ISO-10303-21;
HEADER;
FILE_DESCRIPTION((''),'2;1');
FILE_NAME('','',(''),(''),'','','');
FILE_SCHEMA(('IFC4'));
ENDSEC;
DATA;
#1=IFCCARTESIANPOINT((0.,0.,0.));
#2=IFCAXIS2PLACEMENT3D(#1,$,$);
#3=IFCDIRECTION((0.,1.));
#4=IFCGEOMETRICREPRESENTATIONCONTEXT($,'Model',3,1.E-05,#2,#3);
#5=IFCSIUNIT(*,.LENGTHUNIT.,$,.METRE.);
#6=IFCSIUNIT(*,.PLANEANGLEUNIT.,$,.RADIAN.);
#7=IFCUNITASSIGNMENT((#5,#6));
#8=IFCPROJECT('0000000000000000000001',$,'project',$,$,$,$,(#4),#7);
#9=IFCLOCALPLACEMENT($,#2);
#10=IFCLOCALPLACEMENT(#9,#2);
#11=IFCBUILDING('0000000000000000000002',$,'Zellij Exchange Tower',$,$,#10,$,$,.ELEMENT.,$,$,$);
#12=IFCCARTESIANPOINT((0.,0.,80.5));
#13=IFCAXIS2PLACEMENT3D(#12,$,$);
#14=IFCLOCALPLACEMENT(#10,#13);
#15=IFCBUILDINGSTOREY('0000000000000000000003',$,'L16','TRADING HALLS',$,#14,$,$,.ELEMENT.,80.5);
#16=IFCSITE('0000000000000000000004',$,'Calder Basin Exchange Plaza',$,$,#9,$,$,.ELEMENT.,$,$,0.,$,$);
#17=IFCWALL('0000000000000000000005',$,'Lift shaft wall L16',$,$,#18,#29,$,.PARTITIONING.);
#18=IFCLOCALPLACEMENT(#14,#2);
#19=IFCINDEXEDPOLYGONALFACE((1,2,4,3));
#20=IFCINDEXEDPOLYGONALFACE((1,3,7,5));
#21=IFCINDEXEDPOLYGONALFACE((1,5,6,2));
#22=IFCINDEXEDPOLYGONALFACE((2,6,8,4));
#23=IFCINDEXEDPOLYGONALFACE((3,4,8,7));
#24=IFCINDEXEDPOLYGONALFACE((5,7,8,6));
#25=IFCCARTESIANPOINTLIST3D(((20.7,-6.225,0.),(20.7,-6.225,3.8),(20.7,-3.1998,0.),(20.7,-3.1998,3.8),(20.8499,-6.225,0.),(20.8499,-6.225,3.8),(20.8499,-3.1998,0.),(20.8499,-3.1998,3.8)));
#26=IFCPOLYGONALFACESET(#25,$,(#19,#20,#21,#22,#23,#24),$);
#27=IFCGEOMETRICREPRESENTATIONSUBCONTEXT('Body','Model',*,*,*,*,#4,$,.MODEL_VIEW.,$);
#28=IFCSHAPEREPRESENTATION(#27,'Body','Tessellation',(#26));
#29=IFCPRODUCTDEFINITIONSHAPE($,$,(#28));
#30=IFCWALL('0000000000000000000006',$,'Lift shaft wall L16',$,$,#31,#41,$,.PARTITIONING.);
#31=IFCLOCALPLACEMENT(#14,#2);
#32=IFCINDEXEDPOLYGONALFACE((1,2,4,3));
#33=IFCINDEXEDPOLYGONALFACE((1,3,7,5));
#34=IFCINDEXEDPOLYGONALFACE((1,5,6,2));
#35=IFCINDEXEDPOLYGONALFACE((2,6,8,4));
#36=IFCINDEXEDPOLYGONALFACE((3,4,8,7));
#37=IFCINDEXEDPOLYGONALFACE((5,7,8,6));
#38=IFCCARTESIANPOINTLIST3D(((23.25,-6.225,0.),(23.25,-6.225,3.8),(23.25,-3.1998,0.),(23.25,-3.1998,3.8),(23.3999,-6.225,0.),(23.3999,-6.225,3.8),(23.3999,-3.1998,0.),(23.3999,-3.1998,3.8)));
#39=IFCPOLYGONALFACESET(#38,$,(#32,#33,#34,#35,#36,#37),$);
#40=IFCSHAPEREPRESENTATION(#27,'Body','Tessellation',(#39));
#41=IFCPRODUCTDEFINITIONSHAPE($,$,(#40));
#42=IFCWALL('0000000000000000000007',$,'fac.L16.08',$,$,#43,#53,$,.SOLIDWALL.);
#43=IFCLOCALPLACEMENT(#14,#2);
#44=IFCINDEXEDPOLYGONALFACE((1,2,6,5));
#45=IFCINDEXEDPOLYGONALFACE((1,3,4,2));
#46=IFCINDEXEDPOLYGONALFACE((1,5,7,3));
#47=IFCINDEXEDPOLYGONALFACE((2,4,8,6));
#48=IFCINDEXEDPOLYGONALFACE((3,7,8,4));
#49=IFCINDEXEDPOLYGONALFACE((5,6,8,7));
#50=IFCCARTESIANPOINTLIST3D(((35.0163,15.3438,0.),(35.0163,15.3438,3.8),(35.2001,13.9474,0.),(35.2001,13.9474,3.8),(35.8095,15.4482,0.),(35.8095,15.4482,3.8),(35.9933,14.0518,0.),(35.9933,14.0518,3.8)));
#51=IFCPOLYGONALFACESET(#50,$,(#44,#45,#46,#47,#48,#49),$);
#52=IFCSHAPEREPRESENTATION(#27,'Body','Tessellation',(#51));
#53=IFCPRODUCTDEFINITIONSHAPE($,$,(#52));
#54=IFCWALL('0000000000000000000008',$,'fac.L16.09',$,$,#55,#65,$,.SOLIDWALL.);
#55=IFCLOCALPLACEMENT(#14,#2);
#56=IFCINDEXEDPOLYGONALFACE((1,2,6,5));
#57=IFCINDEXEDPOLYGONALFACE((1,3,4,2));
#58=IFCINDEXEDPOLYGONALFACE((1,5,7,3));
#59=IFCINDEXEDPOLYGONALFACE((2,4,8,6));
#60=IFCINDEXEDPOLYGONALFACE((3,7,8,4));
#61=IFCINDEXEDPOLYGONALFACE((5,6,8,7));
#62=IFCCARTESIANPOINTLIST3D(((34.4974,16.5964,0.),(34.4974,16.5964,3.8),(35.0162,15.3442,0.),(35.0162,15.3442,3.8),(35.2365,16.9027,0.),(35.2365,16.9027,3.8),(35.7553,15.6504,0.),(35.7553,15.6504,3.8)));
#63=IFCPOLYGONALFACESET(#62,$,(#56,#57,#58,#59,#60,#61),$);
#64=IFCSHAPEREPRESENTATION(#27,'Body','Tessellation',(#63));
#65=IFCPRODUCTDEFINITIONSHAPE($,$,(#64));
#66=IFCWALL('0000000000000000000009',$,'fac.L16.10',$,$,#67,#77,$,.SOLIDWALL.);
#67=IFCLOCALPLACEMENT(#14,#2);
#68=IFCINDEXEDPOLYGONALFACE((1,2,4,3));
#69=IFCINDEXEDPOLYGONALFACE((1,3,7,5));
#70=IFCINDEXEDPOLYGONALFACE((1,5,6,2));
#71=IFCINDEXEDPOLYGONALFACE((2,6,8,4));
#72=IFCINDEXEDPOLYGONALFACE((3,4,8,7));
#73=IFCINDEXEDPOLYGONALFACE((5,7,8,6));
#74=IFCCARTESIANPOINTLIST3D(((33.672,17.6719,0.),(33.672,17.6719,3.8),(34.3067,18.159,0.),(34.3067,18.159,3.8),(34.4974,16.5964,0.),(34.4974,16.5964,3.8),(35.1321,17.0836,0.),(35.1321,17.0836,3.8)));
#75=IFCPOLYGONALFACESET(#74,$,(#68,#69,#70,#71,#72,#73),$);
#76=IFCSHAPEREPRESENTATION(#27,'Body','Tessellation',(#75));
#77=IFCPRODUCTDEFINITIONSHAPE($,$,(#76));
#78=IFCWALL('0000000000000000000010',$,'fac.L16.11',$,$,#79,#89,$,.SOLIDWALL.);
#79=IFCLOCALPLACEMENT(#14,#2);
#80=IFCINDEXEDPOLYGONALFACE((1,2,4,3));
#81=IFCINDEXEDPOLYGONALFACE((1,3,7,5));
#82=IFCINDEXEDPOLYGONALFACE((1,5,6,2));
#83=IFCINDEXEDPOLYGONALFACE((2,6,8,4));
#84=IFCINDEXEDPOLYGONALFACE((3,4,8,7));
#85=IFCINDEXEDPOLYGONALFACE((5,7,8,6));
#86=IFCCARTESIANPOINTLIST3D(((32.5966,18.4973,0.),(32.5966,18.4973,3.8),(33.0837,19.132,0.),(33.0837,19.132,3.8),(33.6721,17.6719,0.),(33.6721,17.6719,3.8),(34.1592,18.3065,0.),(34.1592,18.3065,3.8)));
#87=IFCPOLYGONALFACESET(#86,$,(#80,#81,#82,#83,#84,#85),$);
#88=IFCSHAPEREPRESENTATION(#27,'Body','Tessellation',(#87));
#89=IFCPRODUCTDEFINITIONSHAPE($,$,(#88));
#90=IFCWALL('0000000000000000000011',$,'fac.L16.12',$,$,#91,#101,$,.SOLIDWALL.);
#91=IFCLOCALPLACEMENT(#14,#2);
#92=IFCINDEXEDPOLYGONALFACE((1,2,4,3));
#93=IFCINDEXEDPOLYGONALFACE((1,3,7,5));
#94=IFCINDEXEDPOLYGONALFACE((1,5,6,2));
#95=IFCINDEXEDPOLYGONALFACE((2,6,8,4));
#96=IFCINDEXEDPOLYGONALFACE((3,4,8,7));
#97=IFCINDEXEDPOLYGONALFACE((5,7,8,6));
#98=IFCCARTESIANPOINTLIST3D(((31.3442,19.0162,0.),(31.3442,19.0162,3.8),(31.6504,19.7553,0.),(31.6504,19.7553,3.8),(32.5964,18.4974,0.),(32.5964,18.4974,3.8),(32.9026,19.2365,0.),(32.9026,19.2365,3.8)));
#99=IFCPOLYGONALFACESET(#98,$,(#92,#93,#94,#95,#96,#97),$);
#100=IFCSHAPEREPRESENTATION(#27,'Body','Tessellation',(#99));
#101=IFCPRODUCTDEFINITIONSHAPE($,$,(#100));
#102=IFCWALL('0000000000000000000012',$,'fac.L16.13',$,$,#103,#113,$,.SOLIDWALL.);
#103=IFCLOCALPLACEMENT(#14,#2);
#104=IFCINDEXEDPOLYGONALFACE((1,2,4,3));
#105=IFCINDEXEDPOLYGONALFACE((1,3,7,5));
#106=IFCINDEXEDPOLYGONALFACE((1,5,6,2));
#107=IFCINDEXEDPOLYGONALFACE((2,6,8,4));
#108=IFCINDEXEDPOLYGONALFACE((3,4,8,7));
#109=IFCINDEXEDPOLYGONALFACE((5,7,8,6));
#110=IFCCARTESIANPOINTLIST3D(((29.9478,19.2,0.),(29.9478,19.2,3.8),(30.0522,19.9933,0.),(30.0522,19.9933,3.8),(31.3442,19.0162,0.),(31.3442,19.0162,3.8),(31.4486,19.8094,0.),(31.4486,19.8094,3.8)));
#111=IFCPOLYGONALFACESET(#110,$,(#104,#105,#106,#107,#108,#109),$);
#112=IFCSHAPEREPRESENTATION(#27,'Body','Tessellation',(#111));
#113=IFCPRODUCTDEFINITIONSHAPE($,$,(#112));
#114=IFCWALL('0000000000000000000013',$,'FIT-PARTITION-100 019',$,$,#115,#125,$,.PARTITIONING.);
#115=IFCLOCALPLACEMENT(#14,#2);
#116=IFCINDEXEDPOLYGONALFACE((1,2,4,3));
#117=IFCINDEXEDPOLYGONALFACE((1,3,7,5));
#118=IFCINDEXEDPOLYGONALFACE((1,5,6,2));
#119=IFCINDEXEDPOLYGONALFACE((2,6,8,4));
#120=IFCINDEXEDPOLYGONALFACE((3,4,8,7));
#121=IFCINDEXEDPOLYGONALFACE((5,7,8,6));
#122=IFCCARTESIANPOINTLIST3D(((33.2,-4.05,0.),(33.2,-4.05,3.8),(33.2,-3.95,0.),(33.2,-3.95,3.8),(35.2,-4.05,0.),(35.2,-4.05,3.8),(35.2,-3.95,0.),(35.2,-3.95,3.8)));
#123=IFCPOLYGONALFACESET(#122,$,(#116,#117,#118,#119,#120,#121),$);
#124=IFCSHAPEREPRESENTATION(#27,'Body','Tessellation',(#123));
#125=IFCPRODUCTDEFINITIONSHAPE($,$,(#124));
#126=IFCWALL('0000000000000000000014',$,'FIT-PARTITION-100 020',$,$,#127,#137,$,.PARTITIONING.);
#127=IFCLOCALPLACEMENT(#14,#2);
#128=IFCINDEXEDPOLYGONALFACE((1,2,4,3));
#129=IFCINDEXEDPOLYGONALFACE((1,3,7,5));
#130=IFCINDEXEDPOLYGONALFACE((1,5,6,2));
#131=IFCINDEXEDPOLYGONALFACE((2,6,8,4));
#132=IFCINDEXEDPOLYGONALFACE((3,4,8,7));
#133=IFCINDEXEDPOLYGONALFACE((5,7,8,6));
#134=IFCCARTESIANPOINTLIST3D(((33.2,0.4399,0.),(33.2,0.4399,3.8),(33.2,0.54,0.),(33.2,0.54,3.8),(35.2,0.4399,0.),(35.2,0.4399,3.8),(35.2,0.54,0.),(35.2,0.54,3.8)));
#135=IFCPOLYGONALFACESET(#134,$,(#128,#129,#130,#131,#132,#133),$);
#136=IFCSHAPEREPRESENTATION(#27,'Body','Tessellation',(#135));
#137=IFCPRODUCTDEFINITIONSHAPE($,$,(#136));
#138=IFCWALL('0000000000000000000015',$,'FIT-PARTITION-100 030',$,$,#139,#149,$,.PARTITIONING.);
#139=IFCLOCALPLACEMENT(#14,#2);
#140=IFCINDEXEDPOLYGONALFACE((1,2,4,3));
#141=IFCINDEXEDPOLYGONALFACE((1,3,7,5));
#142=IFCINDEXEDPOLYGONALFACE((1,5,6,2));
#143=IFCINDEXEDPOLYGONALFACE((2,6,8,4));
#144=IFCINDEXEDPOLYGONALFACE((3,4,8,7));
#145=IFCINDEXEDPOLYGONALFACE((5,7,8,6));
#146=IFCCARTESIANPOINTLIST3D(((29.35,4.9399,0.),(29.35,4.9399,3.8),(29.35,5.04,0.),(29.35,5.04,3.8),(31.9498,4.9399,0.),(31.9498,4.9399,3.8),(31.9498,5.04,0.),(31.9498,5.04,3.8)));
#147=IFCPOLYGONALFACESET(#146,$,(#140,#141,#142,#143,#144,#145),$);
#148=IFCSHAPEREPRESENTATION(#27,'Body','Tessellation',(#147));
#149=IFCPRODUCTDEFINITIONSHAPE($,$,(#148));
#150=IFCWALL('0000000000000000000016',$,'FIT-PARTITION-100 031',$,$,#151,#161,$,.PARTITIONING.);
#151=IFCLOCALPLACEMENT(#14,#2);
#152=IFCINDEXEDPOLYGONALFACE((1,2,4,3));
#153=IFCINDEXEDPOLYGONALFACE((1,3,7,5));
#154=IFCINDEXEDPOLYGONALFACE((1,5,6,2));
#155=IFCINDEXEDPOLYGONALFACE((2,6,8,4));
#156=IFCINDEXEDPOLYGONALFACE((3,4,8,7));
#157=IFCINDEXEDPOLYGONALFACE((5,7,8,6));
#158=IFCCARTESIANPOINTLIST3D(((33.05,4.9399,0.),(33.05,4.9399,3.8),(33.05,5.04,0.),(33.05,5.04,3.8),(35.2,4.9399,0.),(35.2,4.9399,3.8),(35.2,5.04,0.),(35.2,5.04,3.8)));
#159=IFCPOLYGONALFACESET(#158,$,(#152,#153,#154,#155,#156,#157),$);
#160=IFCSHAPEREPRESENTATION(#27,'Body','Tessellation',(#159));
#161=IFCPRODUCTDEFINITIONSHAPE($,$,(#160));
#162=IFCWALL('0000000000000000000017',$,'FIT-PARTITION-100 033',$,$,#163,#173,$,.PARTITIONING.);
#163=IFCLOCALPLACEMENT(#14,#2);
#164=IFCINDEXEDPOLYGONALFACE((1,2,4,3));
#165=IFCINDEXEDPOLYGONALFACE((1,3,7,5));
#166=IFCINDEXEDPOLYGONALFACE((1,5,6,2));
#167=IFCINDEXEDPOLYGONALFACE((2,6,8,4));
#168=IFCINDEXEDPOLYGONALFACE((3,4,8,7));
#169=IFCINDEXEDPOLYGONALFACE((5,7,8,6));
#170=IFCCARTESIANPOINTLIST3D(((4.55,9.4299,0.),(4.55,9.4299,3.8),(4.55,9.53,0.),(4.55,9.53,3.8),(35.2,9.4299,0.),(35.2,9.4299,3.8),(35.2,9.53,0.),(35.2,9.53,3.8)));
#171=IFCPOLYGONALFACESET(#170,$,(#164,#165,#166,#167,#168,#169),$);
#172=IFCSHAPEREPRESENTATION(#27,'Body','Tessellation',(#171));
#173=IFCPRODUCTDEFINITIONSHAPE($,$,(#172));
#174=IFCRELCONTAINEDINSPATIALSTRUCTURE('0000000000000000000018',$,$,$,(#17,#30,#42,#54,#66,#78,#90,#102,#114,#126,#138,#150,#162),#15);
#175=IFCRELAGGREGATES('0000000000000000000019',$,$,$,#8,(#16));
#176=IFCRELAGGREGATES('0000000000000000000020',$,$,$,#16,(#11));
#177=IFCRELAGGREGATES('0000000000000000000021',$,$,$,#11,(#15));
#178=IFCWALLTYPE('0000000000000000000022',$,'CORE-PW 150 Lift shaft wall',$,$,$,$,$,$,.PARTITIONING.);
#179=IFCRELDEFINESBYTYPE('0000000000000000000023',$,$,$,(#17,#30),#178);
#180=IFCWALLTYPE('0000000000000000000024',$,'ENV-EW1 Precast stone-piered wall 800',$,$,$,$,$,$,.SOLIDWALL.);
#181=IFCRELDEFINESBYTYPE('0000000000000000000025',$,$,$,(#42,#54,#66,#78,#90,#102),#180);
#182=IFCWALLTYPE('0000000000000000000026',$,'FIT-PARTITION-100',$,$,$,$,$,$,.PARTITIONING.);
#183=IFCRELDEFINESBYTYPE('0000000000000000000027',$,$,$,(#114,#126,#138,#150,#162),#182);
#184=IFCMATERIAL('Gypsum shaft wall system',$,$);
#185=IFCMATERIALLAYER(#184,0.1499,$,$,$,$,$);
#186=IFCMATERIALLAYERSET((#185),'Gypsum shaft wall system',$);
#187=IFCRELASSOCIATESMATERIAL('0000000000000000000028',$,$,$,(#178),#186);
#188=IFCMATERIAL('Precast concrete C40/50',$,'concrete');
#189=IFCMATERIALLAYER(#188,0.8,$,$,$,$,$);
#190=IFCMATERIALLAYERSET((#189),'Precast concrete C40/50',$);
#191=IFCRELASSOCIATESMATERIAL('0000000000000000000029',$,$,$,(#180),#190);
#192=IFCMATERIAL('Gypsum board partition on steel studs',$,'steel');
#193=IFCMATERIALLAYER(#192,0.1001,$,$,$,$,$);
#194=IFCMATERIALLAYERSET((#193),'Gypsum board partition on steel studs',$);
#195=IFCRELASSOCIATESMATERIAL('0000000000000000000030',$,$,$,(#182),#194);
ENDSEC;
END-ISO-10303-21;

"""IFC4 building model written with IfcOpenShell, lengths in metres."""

from ifc_helpers import new_model, si_unit, direction, frame, frame_2d, origin, place, context, subcontext, project, spatial, rectangle, extrude, material, layer, layer_set, type_object, element, save


model = new_model("IFC4")

# Units and contexts
model_context = context("Model", 3, precision=1e-05, world=origin(), true_north=direction((0.0, 1.0)))
body_context = subcontext(model_context, "Body", "Model", "MODEL_VIEW")
ifc_project = project(units=[si_unit("LENGTHUNIT", "METRE"), si_unit("PLANEANGLEUNIT", "RADIAN")], contexts=[model_context])

# Site, building, storey
site_placement = place(None, origin())
site = spatial("IfcSite", under=ifc_project, at=site_placement, Name="Calder Basin Exchange Plaza", CompositionType="ELEMENT", RefElevation=0.0)
building_placement = place(site_placement, origin())
building = spatial("IfcBuilding", under=site, at=building_placement, Name="Zellij Exchange Tower", CompositionType="ELEMENT")
storey_placement = place(building_placement, frame((0.0, 0.0, 80.5)))
storey = spatial("IfcBuildingStorey", under=building, at=storey_placement, Name="L16", Description="TRADING HALLS", CompositionType="ELEMENT", Elevation=80.5)

# Walls
ifc_material_1 = material(Name="Gypsum shaft wall system")
ifc_layer_1 = layer(ifc_material_1, 0.1499)
ifc_layer_set_1 = layer_set([ifc_layer_1], Name="Gypsum shaft wall system")
wall_type_1 = type_object("IfcWallType", Name="CORE-PW 150 Lift shaft wall", PredefinedType="PARTITIONING", material=ifc_layer_set_1)
for number, where, z_axis, x_axis, name in (
    (1, (20.7749, -6.2251, 0.0), (0.0, 0.0, 1.0), (0.0, 1.0, 0.0), "Lift shaft wall L16"),
    (2, (23.325, -6.2251, 0.0), (0.0, 0.0, 1.0), (0.0, 1.0, 0.0), "Lift shaft wall L16"),
):
    element("IfcWall", number, at=place(storey_placement, frame(where, z_axis=z_axis, x_axis=x_axis)), inside=storey, type_object=wall_type_1, Name=name, PredefinedType="PARTITIONING", context=body_context, shape_type="SweptSolid", body=[
        extrude(rectangle(XDim=3.0251, YDim=0.1499, at=frame_2d((1.5127, 0.0))), origin(), (0.0, 0.0, 1.0), 3.8),
    ])
ifc_material_2 = material(Name="Precast concrete C40/50", Category="concrete")
ifc_layer_2 = layer(ifc_material_2, 0.8)
ifc_layer_set_2 = layer_set([ifc_layer_2], Name="Precast concrete C40/50")
wall_type_2 = type_object("IfcWallType", Name="ENV-EW1 Precast stone-piered wall 800", PredefinedType="SOLIDWALL", material=ifc_layer_set_2)
wall_1_placement = place(storey_placement, frame((35.5967, 13.9998, 0.0), z_axis=(0.0, 0.0, 1.0), x_axis=(-0.130517, 0.991446, 0.0)))
element("IfcWall", 3, at=wall_1_placement, inside=storey, type_object=wall_type_2, Name="fac.L16.08", PredefinedType="SOLIDWALL", context=body_context, shape_type="SweptSolid", body=[
    extrude(rectangle(XDim=1.4084, YDim=0.8, at=frame_2d((0.7041, 0.0))), origin(), (0.0, 0.0, 1.0), 3.8),
])
wall_2_placement = place(storey_placement, frame((35.3857, 15.4973, 0.0), z_axis=(0.0, 0.0, 1.0), x_axis=(-0.38276, 0.923848, 0.0)))
element("IfcWall", 4, at=wall_2_placement, inside=storey, type_object=wall_type_2, Name="fac.L16.09", PredefinedType="SOLIDWALL", context=body_context, shape_type="SweptSolid", body=[
    extrude(rectangle(XDim=1.3555, YDim=0.8, at=frame_2d((0.6777, 0.0))), origin(), (0.0, 0.0, 1.0), 3.8),
])
for number, where, z_axis, x_axis, name in (
    (5, (34.8147, 16.8401, 0.0), (0.0, 0.0, 1.0), (-0.608866, 0.793273, 0.0), "fac.L16.10"),
    (6, (33.9155, 17.9893, 0.0), (0.0, 0.0, 1.0), (-0.793273, 0.608866, 0.0), "fac.L16.11"),
):
    element("IfcWall", number, at=place(storey_placement, frame(where, z_axis=z_axis, x_axis=x_axis)), inside=storey, type_object=wall_type_2, Name=name, PredefinedType="SOLIDWALL", context=body_context, shape_type="SweptSolid", body=[
        extrude(rectangle(XDim=1.3557, YDim=0.8, at=frame_2d((0.6777, 0.0))), origin(), (0.0, 0.0, 1.0), 3.8),
    ])
wall_3_placement = place(storey_placement, frame((32.7495, 18.8669, 0.0), z_axis=(0.0, 0.0, 1.0), x_axis=(-0.923848, 0.38276, 0.0)))
element("IfcWall", 7, at=wall_3_placement, inside=storey, type_object=wall_type_2, Name="fac.L16.12", PredefinedType="SOLIDWALL", context=body_context, shape_type="SweptSolid", body=[
    extrude(rectangle(XDim=1.3555, YDim=0.8, at=frame_2d((0.6777, 0.0))), origin(), (0.0, 0.0, 1.0), 3.8),
])
wall_4_placement = place(storey_placement, frame((31.3962, 19.4128, 0.0), z_axis=(0.0, 0.0, 1.0), x_axis=(-0.991446, 0.130517, 0.0)))
element("IfcWall", 8, at=wall_4_placement, inside=storey, type_object=wall_type_2, Name="fac.L16.13", PredefinedType="SOLIDWALL", context=body_context, shape_type="SweptSolid", body=[
    extrude(rectangle(XDim=1.4084, YDim=0.8, at=frame_2d((0.7041, 0.0))), origin(), (0.0, 0.0, 1.0), 3.8),
])
ifc_material_3 = material(Name="Gypsum board partition on steel studs", Category="steel")
ifc_layer_3 = layer(ifc_material_3, 0.1001)
ifc_layer_set_3 = layer_set([ifc_layer_3], Name="Gypsum board partition on steel studs")
wall_type_3 = type_object("IfcWallType", Name="FIT-PARTITION-100", PredefinedType="PARTITIONING", material=ifc_layer_set_3)
for number, where, z_axis, x_axis, name in (
    (9, (33.2, -4.0, 0.0), (0.0, 0.0, 1.0), (1.0, 0.0, 0.0), "FIT-PARTITION-100 019"),
    (10, (33.2, 0.49, 0.0), (0.0, 0.0, 1.0), (1.0, 0.0, 0.0), "FIT-PARTITION-100 020"),
):
    element("IfcWall", number, at=place(storey_placement, frame(where, z_axis=z_axis, x_axis=x_axis)), inside=storey, type_object=wall_type_3, Name=name, PredefinedType="PARTITIONING", context=body_context, shape_type="SweptSolid", body=[
        extrude(rectangle(XDim=2.0, YDim=0.1001, at=frame_2d((1.0, 0.0))), origin(), (0.0, 0.0, 1.0), 3.8),
    ])
wall_5_placement = place(storey_placement, frame((29.3501, 4.99, 0.0), z_axis=(0.0, 0.0, 1.0), x_axis=(1.0, 0.0, 0.0)))
element("IfcWall", 11, at=wall_5_placement, inside=storey, type_object=wall_type_3, Name="FIT-PARTITION-100 030", PredefinedType="PARTITIONING", context=body_context, shape_type="SweptSolid", body=[
    extrude(rectangle(XDim=2.5999, YDim=0.1001, at=frame_2d((1.2998, 0.0))), origin(), (0.0, 0.0, 1.0), 3.8),
])
wall_6_placement = place(storey_placement, frame((33.05, 4.99, 0.0), z_axis=(0.0, 0.0, 1.0), x_axis=(1.0, 0.0, 0.0)))
element("IfcWall", 12, at=wall_6_placement, inside=storey, type_object=wall_type_3, Name="FIT-PARTITION-100 031", PredefinedType="PARTITIONING", context=body_context, shape_type="SweptSolid", body=[
    extrude(rectangle(XDim=2.1499, YDim=0.1001, at=frame_2d((1.075, 0.0))), origin(), (0.0, 0.0, 1.0), 3.8),
])
wall_7_placement = place(storey_placement, frame((4.55, 9.48, 0.0), z_axis=(0.0, 0.0, 1.0), x_axis=(1.0, 0.0, 0.0)))
element("IfcWall", 13, at=wall_7_placement, inside=storey, type_object=wall_type_3, Name="FIT-PARTITION-100 033", PredefinedType="PARTITIONING", context=body_context, shape_type="SweptSolid", body=[
    extrude(rectangle(XDim=30.6499, YDim=0.1001, at=frame_2d((15.325, 0.0))), origin(), (0.0, 0.0, 1.0), 3.8),
])

save(model, "model.ifc")
